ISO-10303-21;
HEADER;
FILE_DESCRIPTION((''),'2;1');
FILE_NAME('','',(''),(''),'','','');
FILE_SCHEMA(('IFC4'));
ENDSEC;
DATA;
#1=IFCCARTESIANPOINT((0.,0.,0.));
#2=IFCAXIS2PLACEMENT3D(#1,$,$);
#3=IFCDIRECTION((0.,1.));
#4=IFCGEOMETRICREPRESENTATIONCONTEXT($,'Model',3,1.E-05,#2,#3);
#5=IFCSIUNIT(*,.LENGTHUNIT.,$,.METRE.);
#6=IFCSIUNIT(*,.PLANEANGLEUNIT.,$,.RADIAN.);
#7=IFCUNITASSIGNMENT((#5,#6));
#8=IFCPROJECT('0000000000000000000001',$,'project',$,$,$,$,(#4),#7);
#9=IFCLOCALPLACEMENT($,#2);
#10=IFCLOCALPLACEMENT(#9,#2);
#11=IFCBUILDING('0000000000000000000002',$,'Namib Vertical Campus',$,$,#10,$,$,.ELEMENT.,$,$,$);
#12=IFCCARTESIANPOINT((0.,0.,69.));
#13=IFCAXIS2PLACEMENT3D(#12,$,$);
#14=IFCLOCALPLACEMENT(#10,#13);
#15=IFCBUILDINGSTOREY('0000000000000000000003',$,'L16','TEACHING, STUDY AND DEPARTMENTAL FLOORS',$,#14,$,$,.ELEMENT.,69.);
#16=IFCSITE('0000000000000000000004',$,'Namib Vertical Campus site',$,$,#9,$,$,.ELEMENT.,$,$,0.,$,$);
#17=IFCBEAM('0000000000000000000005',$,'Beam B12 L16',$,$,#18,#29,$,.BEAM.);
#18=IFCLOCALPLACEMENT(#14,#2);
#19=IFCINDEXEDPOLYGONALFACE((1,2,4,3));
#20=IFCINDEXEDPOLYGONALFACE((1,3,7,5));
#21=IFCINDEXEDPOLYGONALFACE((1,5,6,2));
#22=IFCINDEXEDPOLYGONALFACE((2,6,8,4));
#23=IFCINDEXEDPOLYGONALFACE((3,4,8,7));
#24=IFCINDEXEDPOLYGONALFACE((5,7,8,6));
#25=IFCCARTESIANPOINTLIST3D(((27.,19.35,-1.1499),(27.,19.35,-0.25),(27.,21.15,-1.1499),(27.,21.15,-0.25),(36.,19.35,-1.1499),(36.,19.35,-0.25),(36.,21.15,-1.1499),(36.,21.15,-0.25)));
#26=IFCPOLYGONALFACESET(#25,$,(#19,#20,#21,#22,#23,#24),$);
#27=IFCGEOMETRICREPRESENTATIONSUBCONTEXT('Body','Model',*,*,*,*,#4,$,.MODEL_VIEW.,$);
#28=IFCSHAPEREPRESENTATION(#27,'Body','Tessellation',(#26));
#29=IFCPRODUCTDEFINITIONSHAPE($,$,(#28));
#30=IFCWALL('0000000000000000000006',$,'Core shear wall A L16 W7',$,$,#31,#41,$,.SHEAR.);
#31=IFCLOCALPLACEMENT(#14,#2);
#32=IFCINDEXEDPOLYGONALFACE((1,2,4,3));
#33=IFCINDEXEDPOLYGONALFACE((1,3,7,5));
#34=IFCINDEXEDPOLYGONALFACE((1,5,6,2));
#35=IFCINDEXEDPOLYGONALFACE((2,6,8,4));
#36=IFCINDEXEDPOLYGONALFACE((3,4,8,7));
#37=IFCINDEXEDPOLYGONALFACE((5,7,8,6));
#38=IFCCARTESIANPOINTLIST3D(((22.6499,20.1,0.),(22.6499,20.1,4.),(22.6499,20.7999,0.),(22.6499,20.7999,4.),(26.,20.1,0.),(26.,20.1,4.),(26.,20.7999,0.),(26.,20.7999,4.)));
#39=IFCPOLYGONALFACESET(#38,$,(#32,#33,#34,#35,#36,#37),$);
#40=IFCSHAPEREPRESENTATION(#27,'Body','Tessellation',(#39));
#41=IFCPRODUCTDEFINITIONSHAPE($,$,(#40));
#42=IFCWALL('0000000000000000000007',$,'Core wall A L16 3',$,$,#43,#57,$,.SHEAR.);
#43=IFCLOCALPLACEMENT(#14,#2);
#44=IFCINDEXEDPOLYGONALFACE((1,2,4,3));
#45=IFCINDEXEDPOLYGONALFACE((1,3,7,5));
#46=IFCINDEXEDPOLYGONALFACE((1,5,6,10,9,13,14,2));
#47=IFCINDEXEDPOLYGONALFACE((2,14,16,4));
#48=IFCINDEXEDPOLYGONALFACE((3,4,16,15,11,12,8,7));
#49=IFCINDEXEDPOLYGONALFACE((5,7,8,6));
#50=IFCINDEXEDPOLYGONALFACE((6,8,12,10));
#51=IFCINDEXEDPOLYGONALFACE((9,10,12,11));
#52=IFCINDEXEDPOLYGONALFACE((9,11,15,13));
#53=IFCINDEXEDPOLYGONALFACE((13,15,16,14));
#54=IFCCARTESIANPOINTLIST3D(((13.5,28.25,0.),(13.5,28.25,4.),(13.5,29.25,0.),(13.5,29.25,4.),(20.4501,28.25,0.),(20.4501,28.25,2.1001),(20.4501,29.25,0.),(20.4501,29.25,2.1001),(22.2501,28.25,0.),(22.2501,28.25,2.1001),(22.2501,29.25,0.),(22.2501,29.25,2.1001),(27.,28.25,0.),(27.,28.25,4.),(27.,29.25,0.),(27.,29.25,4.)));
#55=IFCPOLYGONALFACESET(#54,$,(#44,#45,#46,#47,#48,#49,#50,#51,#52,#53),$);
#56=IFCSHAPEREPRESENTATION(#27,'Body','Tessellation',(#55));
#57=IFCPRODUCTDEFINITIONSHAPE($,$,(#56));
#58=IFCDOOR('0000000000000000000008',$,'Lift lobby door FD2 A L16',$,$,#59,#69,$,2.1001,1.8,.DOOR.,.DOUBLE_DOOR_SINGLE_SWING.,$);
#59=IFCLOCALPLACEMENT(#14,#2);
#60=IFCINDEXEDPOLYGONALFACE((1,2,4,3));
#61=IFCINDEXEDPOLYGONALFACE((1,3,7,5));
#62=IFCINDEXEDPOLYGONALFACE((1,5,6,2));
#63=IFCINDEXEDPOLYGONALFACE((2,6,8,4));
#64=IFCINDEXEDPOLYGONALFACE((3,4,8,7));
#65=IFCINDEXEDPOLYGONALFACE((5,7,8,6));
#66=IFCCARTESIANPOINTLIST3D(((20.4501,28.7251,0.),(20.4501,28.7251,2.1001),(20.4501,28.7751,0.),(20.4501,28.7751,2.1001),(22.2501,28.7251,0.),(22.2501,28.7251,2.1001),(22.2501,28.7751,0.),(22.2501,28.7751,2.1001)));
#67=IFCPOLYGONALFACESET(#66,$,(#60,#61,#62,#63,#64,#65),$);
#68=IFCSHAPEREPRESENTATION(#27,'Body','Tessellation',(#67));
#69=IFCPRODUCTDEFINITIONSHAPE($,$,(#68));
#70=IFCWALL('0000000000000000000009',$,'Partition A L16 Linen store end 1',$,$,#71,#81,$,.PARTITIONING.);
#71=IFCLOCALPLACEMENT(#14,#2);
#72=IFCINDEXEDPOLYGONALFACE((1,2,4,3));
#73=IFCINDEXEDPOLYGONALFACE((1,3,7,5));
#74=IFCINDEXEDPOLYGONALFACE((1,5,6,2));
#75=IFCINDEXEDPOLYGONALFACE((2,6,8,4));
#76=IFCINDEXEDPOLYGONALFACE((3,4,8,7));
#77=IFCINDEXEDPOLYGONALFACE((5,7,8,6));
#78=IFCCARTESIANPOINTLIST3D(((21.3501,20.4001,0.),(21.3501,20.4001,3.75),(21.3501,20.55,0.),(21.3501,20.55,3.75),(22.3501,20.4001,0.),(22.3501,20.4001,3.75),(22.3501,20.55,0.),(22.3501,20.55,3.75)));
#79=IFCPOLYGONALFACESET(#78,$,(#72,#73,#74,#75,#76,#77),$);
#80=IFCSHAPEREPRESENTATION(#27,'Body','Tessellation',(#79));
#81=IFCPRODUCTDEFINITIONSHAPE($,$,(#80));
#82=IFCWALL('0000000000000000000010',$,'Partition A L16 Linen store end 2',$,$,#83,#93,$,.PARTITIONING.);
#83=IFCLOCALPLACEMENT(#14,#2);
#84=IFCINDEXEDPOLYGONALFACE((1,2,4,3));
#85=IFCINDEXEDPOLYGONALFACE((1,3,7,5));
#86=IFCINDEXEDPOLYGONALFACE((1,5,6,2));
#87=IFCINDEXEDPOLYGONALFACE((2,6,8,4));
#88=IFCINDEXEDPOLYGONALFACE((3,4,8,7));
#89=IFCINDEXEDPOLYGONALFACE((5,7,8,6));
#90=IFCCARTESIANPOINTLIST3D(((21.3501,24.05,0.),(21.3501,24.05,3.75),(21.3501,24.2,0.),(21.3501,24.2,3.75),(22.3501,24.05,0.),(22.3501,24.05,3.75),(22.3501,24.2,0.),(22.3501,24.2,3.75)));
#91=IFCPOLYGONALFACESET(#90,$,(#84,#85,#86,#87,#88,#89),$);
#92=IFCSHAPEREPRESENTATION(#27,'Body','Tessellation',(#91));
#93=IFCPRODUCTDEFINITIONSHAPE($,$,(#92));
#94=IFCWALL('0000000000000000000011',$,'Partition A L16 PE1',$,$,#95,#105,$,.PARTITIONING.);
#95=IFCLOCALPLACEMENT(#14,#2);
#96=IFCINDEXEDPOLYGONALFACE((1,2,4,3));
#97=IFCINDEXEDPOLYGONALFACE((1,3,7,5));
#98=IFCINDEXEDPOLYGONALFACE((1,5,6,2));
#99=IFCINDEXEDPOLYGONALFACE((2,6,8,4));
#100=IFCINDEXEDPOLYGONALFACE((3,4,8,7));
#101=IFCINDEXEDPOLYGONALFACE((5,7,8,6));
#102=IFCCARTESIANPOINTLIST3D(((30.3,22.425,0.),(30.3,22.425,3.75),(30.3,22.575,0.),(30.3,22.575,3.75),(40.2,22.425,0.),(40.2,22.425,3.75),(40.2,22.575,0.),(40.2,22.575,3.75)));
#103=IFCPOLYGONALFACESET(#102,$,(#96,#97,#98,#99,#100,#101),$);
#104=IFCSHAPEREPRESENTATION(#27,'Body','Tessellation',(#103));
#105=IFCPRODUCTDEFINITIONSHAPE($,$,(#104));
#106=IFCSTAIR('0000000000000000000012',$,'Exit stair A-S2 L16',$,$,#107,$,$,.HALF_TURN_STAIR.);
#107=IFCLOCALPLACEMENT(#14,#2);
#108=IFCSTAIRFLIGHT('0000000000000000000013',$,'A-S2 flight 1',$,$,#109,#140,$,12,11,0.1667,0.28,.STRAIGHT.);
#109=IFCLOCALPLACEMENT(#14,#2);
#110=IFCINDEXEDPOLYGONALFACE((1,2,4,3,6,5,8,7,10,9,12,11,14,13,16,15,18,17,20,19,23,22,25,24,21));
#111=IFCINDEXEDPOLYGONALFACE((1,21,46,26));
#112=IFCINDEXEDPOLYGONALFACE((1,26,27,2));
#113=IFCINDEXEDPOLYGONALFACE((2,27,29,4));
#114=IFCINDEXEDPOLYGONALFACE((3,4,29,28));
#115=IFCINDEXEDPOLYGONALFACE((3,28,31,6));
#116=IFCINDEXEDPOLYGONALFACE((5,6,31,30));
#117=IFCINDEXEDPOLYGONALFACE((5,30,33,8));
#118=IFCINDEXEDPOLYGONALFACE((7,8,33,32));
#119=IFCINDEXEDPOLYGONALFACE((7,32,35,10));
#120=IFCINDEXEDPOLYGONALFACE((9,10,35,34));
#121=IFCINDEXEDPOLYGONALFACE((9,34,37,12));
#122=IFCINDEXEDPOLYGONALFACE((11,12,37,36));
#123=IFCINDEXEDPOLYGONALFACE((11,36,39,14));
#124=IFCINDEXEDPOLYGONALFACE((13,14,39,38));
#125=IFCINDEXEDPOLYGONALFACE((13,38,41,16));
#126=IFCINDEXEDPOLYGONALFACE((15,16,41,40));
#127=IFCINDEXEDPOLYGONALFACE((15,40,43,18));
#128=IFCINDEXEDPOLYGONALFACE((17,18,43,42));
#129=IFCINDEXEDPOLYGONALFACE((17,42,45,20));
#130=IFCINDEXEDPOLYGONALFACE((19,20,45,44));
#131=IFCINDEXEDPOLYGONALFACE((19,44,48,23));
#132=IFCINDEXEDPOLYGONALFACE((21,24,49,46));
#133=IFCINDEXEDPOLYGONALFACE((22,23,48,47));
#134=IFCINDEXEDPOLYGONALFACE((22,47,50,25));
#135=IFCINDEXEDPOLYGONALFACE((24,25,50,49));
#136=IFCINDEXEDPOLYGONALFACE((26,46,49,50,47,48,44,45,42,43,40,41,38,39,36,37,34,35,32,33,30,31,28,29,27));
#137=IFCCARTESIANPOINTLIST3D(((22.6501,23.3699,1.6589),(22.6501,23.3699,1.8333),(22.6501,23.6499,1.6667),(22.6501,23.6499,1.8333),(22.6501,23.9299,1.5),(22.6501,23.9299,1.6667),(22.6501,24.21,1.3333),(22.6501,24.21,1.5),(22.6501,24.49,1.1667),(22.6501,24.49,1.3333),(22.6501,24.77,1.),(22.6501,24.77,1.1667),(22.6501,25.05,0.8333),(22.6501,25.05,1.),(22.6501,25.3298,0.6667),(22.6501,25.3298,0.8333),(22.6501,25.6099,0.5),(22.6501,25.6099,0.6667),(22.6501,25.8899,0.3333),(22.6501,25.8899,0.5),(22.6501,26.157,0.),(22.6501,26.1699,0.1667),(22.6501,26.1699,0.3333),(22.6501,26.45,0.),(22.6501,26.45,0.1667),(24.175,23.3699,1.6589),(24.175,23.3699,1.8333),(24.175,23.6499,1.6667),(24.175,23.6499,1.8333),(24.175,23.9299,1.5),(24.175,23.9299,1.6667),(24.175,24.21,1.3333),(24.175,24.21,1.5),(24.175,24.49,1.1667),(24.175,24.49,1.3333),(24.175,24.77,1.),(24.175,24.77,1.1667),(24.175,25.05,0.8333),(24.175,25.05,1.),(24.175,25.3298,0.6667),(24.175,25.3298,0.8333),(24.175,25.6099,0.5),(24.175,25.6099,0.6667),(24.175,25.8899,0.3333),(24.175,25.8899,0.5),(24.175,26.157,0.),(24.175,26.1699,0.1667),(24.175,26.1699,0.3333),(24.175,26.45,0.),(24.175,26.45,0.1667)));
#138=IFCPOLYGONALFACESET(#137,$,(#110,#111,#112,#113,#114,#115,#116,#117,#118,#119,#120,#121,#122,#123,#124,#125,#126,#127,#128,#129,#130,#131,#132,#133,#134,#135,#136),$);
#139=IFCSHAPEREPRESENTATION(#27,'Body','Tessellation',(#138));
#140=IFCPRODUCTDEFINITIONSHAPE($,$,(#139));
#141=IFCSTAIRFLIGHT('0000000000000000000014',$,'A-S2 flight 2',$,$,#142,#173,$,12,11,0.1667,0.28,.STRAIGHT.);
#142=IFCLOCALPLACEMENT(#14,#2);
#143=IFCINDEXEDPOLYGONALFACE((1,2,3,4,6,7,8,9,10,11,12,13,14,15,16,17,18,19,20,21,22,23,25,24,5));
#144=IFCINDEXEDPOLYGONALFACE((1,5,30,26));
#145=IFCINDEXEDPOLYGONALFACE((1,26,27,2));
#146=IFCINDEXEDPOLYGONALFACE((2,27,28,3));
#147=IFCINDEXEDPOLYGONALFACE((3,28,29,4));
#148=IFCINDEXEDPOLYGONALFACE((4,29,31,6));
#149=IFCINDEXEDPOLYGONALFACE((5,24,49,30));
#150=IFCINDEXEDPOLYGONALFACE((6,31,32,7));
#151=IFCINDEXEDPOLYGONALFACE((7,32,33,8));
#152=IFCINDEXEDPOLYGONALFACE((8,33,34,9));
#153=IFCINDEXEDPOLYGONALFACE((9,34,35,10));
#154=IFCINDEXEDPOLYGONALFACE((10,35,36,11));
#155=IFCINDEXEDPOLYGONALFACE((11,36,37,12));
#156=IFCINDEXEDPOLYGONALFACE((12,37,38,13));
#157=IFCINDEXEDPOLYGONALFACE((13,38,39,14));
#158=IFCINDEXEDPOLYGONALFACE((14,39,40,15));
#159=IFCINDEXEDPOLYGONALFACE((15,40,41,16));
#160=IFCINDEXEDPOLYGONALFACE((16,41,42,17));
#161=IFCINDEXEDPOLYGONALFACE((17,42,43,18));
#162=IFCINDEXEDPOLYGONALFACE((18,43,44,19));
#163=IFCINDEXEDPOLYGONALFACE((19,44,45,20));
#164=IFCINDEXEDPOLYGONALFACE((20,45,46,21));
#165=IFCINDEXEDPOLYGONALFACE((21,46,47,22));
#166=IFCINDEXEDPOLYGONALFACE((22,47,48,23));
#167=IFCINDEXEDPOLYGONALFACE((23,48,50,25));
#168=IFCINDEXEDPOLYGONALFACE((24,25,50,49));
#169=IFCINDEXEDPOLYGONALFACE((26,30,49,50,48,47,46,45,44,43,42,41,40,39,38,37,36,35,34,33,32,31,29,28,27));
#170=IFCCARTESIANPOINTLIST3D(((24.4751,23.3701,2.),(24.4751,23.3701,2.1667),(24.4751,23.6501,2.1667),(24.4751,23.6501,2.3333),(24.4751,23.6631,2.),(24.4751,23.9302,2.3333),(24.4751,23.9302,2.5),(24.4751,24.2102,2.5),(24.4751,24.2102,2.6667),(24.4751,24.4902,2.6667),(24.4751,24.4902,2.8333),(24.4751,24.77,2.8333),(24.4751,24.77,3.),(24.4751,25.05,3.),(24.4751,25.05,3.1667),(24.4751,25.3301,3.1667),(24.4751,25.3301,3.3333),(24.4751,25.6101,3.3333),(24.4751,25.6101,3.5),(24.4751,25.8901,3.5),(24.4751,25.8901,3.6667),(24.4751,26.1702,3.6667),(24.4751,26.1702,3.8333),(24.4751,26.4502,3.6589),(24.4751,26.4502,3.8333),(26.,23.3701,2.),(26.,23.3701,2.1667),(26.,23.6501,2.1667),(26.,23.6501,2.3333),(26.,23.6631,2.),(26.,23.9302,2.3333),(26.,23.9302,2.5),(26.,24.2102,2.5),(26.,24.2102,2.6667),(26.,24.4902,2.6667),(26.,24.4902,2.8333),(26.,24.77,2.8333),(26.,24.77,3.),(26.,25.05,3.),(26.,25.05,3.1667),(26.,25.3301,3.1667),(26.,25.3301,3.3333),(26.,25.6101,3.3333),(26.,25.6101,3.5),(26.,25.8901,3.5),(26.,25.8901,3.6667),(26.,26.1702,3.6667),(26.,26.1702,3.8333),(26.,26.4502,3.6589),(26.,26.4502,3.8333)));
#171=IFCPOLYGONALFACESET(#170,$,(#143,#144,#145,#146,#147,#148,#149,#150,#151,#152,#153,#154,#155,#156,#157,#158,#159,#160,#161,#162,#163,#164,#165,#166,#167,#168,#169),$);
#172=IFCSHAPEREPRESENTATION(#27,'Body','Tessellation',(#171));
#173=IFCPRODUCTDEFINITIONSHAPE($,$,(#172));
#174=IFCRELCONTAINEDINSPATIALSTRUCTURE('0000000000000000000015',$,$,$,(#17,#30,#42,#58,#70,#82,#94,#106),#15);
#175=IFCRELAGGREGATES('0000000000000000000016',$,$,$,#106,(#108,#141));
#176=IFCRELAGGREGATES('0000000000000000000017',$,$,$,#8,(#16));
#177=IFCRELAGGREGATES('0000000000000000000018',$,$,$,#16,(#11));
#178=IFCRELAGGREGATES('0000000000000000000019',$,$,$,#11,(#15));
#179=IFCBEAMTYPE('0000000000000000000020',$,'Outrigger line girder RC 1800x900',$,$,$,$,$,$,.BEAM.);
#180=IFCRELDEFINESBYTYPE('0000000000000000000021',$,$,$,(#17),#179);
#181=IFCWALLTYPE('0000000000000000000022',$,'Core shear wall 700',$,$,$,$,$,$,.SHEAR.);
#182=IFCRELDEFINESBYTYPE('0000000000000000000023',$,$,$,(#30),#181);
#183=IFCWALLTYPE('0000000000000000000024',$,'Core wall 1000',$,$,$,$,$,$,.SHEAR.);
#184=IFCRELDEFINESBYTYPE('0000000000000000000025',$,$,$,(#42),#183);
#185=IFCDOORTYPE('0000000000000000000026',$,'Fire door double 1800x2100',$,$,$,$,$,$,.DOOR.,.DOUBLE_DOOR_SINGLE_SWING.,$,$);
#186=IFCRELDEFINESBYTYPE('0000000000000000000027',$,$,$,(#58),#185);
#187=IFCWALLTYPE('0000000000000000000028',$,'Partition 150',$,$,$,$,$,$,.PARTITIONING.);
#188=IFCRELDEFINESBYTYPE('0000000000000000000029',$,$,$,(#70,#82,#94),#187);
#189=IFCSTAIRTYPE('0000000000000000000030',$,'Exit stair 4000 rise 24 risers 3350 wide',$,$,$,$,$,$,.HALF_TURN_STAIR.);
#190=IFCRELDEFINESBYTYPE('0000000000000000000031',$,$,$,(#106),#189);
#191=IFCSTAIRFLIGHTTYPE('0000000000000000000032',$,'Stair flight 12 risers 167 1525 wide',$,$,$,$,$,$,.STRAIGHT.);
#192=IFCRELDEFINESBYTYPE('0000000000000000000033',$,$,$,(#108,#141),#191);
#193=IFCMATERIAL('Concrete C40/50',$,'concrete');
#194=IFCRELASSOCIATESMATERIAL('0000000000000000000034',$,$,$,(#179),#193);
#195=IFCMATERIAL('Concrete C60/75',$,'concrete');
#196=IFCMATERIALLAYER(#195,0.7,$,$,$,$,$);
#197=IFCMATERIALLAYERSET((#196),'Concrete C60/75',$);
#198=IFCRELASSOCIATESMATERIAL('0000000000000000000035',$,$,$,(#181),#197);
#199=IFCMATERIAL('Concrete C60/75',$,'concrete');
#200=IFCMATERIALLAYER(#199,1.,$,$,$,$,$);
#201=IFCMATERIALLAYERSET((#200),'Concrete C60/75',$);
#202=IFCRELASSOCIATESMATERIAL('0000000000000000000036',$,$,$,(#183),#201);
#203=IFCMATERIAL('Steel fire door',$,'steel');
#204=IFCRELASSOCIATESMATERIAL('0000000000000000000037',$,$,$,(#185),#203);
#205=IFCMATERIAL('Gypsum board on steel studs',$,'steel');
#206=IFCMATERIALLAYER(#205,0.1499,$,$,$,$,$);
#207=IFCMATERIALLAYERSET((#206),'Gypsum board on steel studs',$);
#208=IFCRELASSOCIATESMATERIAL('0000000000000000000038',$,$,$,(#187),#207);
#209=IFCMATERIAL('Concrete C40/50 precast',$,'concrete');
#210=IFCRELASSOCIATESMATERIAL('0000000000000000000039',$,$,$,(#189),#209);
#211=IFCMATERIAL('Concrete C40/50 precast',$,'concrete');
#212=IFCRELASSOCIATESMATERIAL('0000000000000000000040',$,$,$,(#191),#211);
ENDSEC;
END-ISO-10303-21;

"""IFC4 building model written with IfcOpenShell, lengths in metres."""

from ifc_helpers import new_model, si_unit, direction, frame, frame_2d, origin, origin_2d, place, context, subcontext, project, spatial, polyline, rectangle, outline, extrude, material, layer, layer_set, material_profile, profile_set, type_object, element, fill, aggregate, save


model = new_model("IFC4")

# Units and contexts
model_context = context("Model", 3, precision=1e-05, world=origin(), true_north=direction((0.0, 1.0)))
body_context = subcontext(model_context, "Body", "Model", "MODEL_VIEW")
ifc_project = project(units=[si_unit("LENGTHUNIT", "METRE"), si_unit("PLANEANGLEUNIT", "RADIAN")], contexts=[model_context])

# Site, building, storey
site_placement = place(None, origin())
site = spatial("IfcSite", under=ifc_project, at=site_placement, Name="Namib Vertical Campus site", CompositionType="ELEMENT", RefElevation=0.0)
building_placement = place(site_placement, origin())
building = spatial("IfcBuilding", under=site, at=building_placement, Name="Namib Vertical Campus", CompositionType="ELEMENT")
storey_placement = place(building_placement, frame((0.0, 0.0, 69.0)))
storey = spatial("IfcBuildingStorey", under=building, at=storey_placement, Name="L16", Description="TEACHING, STUDY AND DEPARTMENTAL FLOORS", CompositionType="ELEMENT", Elevation=69.0)

# Beam
ifc_material_1 = material(Name="Concrete C40/50", Category="concrete")
ifc_material_profile_1 = material_profile(ifc_material_1, rectangle(XDim=1.8, YDim=0.8999, at=origin_2d()))
ifc_profile_set_1 = profile_set([ifc_material_profile_1], Name="Concrete C40/50")
beam_type_1 = type_object("IfcBeamType", Name="Outrigger line girder RC 1800x900", PredefinedType="BEAM", material=ifc_profile_set_1)
beam_1_placement = place(storey_placement, frame((36.0, 20.25, -0.7), z_axis=(-1.0, 0.0, 0.0), x_axis=(0.0, -1.0, 0.0)))
element("IfcBeam", 1, at=beam_1_placement, inside=storey, type_object=beam_type_1, Name="Beam B12 L16", PredefinedType="BEAM", context=body_context, shape_type="SweptSolid", body=[
    extrude(rectangle(XDim=1.8, YDim=0.8999, at=origin_2d()), origin(), (0.0, 0.0, 1.0), 9.0),
])

# Wall
ifc_material_2 = material(Name="Concrete C60/75", Category="concrete")
ifc_layer_1 = layer(ifc_material_2, 0.7)
ifc_layer_set_1 = layer_set([ifc_layer_1], Name="Concrete C60/75")
wall_type_1 = type_object("IfcWallType", Name="Core shear wall 700", PredefinedType="SHEAR", material=ifc_layer_set_1)
wall_1_placement = place(storey_placement, frame((22.6499, 20.45, 0.0), z_axis=(0.0, 0.0, 1.0), x_axis=(1.0, 0.0, 0.0)))
element("IfcWall", 2, at=wall_1_placement, inside=storey, type_object=wall_type_1, Name="Core shear wall A L16 W7", PredefinedType="SHEAR", context=body_context, shape_type="SweptSolid", body=[
    extrude(rectangle(XDim=3.3501, YDim=0.7, at=frame_2d((1.675, 0.0))), origin(), (0.0, 0.0, 1.0), 4.0),
])

# Wall, opening, door
ifc_material_3 = material(Name="Concrete C60/75", Category="concrete")
ifc_layer_2 = layer(ifc_material_3, 1.0)
ifc_layer_set_2 = layer_set([ifc_layer_2], Name="Concrete C60/75")
wall_type_2 = type_object("IfcWallType", Name="Core wall 1000", PredefinedType="SHEAR", material=ifc_layer_set_2)
wall_2_placement = place(storey_placement, frame((27.0, 28.75, 0.0), z_axis=(0.0, 0.0, 1.0), x_axis=(-1.0, 0.0, 0.0)))
wall_2 = element("IfcWall", 3, at=wall_2_placement, inside=storey, type_object=wall_type_2, Name="Core wall A L16 3", PredefinedType="SHEAR", context=body_context, shape_type="SweptSolid", body=[
    extrude(rectangle(XDim=13.5, YDim=1.0, at=frame_2d((6.75, 0.0))), origin(), (0.0, 0.0, 1.0), 4.0),
])
opening_placement = place(wall_2_placement, frame((4.75, 0.0, 0.0)))
opening = element("IfcOpeningElement", 4, at=opening_placement, cuts=wall_2, PredefinedType="OPENING", context=body_context, shape_type="SweptSolid", body=[
    extrude(rectangle(XDim=1.8, YDim=2.1001, at=frame_2d((0.8999, 1.05))), frame((0.0, 0.51, 0.0), z_axis=(0.0, -1.0, 0.0), x_axis=(1.0, 0.0, 0.0)), (0.0, 0.0, 1.0), 1.02),
])
ifc_material_4 = material(Name="Steel fire door", Category="steel")
door_type = type_object("IfcDoorType", Name="Fire door double 1800x2100", OperationType="DOUBLE_DOOR_SINGLE_SWING", PredefinedType="DOOR", material=ifc_material_4)
door_placement = place(opening_placement, origin())
door = element("IfcDoor", 5, at=door_placement, inside=storey, type_object=door_type, Name="Lift lobby door FD2 A L16", OperationType="DOUBLE_DOOR_SINGLE_SWING", OverallHeight=2.1001, OverallWidth=1.8, PredefinedType="DOOR", context=body_context, shape_type="SweptSolid", body=[
    extrude(rectangle(XDim=1.8, YDim=2.1001, at=frame_2d((0.8999, 1.05))), frame((0.0, 0.0249, 0.0), z_axis=(0.0, -1.0, 0.0), x_axis=(1.0, 0.0, 0.0)), (0.0, 0.0, 1.0), 0.05),
])
fill(opening, door)

# Walls
ifc_material_5 = material(Name="Gypsum board on steel studs", Category="steel")
ifc_layer_3 = layer(ifc_material_5, 0.1499)
ifc_layer_set_3 = layer_set([ifc_layer_3], Name="Gypsum board on steel studs")
wall_type_3 = type_object("IfcWallType", Name="Partition 150", PredefinedType="PARTITIONING", material=ifc_layer_set_3)
for number, where, z_axis, x_axis, name in (
    (6, (21.3501, 20.4751, 0.0), (0.0, 0.0, 1.0), (1.0, 0.0, 0.0), "Partition A L16 Linen store end 1"),
    (7, (21.3501, 24.125, 0.0), (0.0, 0.0, 1.0), (1.0, 0.0, 0.0), "Partition A L16 Linen store end 2"),
):
    element("IfcWall", number, at=place(storey_placement, frame(where, z_axis=z_axis, x_axis=x_axis)), inside=storey, type_object=wall_type_3, Name=name, PredefinedType="PARTITIONING", context=body_context, shape_type="SweptSolid", body=[
        extrude(rectangle(XDim=1.0, YDim=0.1499, at=frame_2d((0.5, 0.0))), origin(), (0.0, 0.0, 1.0), 3.75),
    ])
wall_3_placement = place(storey_placement, frame((30.3, 22.5, 0.0), z_axis=(0.0, 0.0, 1.0), x_axis=(1.0, 0.0, 0.0)))
element("IfcWall", 8, at=wall_3_placement, inside=storey, type_object=wall_type_3, Name="Partition A L16 PE1", PredefinedType="PARTITIONING", context=body_context, shape_type="SweptSolid", body=[
    extrude(rectangle(XDim=9.8999, YDim=0.1499, at=frame_2d((4.95, 0.0))), origin(), (0.0, 0.0, 1.0), 3.75),
])

# Stair, stair flights
ifc_material_6 = material(Name="Concrete C40/50 precast", Category="concrete")
stair_type = type_object("IfcStairType", Name="Exit stair 4000 rise 24 risers 3350 wide", PredefinedType="HALF_TURN_STAIR", material=ifc_material_6)
stair_placement = place(storey_placement, origin())
stair = element("IfcStair", 9, at=stair_placement, inside=storey, type_object=stair_type, Name="Exit stair A-S2 L16", PredefinedType="HALF_TURN_STAIR")
ifc_material_7 = material(Name="Concrete C40/50 precast", Category="concrete")
stair_flight_type = type_object("IfcStairFlightType", Name="Stair flight 12 risers 167 1525 wide", PredefinedType="STRAIGHT", material=ifc_material_7)
stair_flight_1_placement = place(storey_placement, frame((23.4126, 26.45, 0.0), z_axis=(0.0, 0.0, 1.0), x_axis=(0.0, -1.0, 0.0)))
stair_flight_1 = element("IfcStairFlight", 10, at=stair_flight_1_placement, type_object=stair_flight_type, Name="A-S2 flight 1", NumberOfRisers=12, NumberOfTreads=11, PredefinedType="STRAIGHT", RiserHeight=0.1667, TreadLength=0.28, context=body_context, shape_type="SweptSolid", body=[
    extrude(outline(polyline([(0.0, 0.0), (0.0, 0.1667), (0.28, 0.1667), (0.28, 0.3333), (0.5601, 0.3333), (0.5601, 0.5), (0.8401, 0.5), (0.8401, 0.6667), (1.1201, 0.6667), (1.1201, 0.8333), (1.3999, 0.8333), (1.3999, 1.0), (1.6799, 1.0), (1.6799, 1.1667), (1.96, 1.1667), (1.96, 1.3333), (2.24, 1.3333), (2.24, 1.5), (2.52, 1.5), (2.52, 1.6667), (2.8, 1.6667), (2.8, 1.8333), (3.0801, 1.8333), (3.0801, 2.0), (3.0801, 1.6589), (0.293, 0.0), (0.0, 0.0)])), frame((0.0, 0.7625, 0.0), z_axis=(0.0, -1.0, 0.0), x_axis=(1.0, 0.0, 0.0)), (0.0, 0.0, 1.0), 1.5249),
])
stair_flight_2_placement = place(storey_placement, frame((25.2375, 23.3701, 2.0), z_axis=(0.0, 0.0, 1.0), x_axis=(0.0, 1.0, 0.0)))
stair_flight_2 = element("IfcStairFlight", 11, at=stair_flight_2_placement, type_object=stair_flight_type, Name="A-S2 flight 2", NumberOfRisers=12, NumberOfTreads=11, PredefinedType="STRAIGHT", RiserHeight=0.1667, TreadLength=0.28, context=body_context, shape_type="SweptSolid", body=[
    extrude(outline(polyline([(0.0, 0.0), (0.0, 0.1667), (0.28, 0.1667), (0.28, 0.3333), (0.5601, 0.3333), (0.5601, 0.5), (0.8401, 0.5), (0.8401, 0.6667), (1.1201, 0.6667), (1.1201, 0.8333), (1.3999, 0.8333), (1.3999, 1.0), (1.6799, 1.0), (1.6799, 1.1667), (1.96, 1.1667), (1.96, 1.3333), (2.24, 1.3333), (2.24, 1.5), (2.52, 1.5), (2.52, 1.6667), (2.8, 1.6667), (2.8, 1.8333), (3.0801, 1.8333), (3.0801, 2.0), (3.0801, 1.6589), (0.293, 0.0), (0.0, 0.0)])), frame((0.0, 0.7625, 0.0), z_axis=(0.0, -1.0, 0.0), x_axis=(1.0, 0.0, 0.0)), (0.0, 0.0, 1.0), 1.5249),
])
aggregate(stair, [stair_flight_1, stair_flight_2])

save(model, "model.ifc")
